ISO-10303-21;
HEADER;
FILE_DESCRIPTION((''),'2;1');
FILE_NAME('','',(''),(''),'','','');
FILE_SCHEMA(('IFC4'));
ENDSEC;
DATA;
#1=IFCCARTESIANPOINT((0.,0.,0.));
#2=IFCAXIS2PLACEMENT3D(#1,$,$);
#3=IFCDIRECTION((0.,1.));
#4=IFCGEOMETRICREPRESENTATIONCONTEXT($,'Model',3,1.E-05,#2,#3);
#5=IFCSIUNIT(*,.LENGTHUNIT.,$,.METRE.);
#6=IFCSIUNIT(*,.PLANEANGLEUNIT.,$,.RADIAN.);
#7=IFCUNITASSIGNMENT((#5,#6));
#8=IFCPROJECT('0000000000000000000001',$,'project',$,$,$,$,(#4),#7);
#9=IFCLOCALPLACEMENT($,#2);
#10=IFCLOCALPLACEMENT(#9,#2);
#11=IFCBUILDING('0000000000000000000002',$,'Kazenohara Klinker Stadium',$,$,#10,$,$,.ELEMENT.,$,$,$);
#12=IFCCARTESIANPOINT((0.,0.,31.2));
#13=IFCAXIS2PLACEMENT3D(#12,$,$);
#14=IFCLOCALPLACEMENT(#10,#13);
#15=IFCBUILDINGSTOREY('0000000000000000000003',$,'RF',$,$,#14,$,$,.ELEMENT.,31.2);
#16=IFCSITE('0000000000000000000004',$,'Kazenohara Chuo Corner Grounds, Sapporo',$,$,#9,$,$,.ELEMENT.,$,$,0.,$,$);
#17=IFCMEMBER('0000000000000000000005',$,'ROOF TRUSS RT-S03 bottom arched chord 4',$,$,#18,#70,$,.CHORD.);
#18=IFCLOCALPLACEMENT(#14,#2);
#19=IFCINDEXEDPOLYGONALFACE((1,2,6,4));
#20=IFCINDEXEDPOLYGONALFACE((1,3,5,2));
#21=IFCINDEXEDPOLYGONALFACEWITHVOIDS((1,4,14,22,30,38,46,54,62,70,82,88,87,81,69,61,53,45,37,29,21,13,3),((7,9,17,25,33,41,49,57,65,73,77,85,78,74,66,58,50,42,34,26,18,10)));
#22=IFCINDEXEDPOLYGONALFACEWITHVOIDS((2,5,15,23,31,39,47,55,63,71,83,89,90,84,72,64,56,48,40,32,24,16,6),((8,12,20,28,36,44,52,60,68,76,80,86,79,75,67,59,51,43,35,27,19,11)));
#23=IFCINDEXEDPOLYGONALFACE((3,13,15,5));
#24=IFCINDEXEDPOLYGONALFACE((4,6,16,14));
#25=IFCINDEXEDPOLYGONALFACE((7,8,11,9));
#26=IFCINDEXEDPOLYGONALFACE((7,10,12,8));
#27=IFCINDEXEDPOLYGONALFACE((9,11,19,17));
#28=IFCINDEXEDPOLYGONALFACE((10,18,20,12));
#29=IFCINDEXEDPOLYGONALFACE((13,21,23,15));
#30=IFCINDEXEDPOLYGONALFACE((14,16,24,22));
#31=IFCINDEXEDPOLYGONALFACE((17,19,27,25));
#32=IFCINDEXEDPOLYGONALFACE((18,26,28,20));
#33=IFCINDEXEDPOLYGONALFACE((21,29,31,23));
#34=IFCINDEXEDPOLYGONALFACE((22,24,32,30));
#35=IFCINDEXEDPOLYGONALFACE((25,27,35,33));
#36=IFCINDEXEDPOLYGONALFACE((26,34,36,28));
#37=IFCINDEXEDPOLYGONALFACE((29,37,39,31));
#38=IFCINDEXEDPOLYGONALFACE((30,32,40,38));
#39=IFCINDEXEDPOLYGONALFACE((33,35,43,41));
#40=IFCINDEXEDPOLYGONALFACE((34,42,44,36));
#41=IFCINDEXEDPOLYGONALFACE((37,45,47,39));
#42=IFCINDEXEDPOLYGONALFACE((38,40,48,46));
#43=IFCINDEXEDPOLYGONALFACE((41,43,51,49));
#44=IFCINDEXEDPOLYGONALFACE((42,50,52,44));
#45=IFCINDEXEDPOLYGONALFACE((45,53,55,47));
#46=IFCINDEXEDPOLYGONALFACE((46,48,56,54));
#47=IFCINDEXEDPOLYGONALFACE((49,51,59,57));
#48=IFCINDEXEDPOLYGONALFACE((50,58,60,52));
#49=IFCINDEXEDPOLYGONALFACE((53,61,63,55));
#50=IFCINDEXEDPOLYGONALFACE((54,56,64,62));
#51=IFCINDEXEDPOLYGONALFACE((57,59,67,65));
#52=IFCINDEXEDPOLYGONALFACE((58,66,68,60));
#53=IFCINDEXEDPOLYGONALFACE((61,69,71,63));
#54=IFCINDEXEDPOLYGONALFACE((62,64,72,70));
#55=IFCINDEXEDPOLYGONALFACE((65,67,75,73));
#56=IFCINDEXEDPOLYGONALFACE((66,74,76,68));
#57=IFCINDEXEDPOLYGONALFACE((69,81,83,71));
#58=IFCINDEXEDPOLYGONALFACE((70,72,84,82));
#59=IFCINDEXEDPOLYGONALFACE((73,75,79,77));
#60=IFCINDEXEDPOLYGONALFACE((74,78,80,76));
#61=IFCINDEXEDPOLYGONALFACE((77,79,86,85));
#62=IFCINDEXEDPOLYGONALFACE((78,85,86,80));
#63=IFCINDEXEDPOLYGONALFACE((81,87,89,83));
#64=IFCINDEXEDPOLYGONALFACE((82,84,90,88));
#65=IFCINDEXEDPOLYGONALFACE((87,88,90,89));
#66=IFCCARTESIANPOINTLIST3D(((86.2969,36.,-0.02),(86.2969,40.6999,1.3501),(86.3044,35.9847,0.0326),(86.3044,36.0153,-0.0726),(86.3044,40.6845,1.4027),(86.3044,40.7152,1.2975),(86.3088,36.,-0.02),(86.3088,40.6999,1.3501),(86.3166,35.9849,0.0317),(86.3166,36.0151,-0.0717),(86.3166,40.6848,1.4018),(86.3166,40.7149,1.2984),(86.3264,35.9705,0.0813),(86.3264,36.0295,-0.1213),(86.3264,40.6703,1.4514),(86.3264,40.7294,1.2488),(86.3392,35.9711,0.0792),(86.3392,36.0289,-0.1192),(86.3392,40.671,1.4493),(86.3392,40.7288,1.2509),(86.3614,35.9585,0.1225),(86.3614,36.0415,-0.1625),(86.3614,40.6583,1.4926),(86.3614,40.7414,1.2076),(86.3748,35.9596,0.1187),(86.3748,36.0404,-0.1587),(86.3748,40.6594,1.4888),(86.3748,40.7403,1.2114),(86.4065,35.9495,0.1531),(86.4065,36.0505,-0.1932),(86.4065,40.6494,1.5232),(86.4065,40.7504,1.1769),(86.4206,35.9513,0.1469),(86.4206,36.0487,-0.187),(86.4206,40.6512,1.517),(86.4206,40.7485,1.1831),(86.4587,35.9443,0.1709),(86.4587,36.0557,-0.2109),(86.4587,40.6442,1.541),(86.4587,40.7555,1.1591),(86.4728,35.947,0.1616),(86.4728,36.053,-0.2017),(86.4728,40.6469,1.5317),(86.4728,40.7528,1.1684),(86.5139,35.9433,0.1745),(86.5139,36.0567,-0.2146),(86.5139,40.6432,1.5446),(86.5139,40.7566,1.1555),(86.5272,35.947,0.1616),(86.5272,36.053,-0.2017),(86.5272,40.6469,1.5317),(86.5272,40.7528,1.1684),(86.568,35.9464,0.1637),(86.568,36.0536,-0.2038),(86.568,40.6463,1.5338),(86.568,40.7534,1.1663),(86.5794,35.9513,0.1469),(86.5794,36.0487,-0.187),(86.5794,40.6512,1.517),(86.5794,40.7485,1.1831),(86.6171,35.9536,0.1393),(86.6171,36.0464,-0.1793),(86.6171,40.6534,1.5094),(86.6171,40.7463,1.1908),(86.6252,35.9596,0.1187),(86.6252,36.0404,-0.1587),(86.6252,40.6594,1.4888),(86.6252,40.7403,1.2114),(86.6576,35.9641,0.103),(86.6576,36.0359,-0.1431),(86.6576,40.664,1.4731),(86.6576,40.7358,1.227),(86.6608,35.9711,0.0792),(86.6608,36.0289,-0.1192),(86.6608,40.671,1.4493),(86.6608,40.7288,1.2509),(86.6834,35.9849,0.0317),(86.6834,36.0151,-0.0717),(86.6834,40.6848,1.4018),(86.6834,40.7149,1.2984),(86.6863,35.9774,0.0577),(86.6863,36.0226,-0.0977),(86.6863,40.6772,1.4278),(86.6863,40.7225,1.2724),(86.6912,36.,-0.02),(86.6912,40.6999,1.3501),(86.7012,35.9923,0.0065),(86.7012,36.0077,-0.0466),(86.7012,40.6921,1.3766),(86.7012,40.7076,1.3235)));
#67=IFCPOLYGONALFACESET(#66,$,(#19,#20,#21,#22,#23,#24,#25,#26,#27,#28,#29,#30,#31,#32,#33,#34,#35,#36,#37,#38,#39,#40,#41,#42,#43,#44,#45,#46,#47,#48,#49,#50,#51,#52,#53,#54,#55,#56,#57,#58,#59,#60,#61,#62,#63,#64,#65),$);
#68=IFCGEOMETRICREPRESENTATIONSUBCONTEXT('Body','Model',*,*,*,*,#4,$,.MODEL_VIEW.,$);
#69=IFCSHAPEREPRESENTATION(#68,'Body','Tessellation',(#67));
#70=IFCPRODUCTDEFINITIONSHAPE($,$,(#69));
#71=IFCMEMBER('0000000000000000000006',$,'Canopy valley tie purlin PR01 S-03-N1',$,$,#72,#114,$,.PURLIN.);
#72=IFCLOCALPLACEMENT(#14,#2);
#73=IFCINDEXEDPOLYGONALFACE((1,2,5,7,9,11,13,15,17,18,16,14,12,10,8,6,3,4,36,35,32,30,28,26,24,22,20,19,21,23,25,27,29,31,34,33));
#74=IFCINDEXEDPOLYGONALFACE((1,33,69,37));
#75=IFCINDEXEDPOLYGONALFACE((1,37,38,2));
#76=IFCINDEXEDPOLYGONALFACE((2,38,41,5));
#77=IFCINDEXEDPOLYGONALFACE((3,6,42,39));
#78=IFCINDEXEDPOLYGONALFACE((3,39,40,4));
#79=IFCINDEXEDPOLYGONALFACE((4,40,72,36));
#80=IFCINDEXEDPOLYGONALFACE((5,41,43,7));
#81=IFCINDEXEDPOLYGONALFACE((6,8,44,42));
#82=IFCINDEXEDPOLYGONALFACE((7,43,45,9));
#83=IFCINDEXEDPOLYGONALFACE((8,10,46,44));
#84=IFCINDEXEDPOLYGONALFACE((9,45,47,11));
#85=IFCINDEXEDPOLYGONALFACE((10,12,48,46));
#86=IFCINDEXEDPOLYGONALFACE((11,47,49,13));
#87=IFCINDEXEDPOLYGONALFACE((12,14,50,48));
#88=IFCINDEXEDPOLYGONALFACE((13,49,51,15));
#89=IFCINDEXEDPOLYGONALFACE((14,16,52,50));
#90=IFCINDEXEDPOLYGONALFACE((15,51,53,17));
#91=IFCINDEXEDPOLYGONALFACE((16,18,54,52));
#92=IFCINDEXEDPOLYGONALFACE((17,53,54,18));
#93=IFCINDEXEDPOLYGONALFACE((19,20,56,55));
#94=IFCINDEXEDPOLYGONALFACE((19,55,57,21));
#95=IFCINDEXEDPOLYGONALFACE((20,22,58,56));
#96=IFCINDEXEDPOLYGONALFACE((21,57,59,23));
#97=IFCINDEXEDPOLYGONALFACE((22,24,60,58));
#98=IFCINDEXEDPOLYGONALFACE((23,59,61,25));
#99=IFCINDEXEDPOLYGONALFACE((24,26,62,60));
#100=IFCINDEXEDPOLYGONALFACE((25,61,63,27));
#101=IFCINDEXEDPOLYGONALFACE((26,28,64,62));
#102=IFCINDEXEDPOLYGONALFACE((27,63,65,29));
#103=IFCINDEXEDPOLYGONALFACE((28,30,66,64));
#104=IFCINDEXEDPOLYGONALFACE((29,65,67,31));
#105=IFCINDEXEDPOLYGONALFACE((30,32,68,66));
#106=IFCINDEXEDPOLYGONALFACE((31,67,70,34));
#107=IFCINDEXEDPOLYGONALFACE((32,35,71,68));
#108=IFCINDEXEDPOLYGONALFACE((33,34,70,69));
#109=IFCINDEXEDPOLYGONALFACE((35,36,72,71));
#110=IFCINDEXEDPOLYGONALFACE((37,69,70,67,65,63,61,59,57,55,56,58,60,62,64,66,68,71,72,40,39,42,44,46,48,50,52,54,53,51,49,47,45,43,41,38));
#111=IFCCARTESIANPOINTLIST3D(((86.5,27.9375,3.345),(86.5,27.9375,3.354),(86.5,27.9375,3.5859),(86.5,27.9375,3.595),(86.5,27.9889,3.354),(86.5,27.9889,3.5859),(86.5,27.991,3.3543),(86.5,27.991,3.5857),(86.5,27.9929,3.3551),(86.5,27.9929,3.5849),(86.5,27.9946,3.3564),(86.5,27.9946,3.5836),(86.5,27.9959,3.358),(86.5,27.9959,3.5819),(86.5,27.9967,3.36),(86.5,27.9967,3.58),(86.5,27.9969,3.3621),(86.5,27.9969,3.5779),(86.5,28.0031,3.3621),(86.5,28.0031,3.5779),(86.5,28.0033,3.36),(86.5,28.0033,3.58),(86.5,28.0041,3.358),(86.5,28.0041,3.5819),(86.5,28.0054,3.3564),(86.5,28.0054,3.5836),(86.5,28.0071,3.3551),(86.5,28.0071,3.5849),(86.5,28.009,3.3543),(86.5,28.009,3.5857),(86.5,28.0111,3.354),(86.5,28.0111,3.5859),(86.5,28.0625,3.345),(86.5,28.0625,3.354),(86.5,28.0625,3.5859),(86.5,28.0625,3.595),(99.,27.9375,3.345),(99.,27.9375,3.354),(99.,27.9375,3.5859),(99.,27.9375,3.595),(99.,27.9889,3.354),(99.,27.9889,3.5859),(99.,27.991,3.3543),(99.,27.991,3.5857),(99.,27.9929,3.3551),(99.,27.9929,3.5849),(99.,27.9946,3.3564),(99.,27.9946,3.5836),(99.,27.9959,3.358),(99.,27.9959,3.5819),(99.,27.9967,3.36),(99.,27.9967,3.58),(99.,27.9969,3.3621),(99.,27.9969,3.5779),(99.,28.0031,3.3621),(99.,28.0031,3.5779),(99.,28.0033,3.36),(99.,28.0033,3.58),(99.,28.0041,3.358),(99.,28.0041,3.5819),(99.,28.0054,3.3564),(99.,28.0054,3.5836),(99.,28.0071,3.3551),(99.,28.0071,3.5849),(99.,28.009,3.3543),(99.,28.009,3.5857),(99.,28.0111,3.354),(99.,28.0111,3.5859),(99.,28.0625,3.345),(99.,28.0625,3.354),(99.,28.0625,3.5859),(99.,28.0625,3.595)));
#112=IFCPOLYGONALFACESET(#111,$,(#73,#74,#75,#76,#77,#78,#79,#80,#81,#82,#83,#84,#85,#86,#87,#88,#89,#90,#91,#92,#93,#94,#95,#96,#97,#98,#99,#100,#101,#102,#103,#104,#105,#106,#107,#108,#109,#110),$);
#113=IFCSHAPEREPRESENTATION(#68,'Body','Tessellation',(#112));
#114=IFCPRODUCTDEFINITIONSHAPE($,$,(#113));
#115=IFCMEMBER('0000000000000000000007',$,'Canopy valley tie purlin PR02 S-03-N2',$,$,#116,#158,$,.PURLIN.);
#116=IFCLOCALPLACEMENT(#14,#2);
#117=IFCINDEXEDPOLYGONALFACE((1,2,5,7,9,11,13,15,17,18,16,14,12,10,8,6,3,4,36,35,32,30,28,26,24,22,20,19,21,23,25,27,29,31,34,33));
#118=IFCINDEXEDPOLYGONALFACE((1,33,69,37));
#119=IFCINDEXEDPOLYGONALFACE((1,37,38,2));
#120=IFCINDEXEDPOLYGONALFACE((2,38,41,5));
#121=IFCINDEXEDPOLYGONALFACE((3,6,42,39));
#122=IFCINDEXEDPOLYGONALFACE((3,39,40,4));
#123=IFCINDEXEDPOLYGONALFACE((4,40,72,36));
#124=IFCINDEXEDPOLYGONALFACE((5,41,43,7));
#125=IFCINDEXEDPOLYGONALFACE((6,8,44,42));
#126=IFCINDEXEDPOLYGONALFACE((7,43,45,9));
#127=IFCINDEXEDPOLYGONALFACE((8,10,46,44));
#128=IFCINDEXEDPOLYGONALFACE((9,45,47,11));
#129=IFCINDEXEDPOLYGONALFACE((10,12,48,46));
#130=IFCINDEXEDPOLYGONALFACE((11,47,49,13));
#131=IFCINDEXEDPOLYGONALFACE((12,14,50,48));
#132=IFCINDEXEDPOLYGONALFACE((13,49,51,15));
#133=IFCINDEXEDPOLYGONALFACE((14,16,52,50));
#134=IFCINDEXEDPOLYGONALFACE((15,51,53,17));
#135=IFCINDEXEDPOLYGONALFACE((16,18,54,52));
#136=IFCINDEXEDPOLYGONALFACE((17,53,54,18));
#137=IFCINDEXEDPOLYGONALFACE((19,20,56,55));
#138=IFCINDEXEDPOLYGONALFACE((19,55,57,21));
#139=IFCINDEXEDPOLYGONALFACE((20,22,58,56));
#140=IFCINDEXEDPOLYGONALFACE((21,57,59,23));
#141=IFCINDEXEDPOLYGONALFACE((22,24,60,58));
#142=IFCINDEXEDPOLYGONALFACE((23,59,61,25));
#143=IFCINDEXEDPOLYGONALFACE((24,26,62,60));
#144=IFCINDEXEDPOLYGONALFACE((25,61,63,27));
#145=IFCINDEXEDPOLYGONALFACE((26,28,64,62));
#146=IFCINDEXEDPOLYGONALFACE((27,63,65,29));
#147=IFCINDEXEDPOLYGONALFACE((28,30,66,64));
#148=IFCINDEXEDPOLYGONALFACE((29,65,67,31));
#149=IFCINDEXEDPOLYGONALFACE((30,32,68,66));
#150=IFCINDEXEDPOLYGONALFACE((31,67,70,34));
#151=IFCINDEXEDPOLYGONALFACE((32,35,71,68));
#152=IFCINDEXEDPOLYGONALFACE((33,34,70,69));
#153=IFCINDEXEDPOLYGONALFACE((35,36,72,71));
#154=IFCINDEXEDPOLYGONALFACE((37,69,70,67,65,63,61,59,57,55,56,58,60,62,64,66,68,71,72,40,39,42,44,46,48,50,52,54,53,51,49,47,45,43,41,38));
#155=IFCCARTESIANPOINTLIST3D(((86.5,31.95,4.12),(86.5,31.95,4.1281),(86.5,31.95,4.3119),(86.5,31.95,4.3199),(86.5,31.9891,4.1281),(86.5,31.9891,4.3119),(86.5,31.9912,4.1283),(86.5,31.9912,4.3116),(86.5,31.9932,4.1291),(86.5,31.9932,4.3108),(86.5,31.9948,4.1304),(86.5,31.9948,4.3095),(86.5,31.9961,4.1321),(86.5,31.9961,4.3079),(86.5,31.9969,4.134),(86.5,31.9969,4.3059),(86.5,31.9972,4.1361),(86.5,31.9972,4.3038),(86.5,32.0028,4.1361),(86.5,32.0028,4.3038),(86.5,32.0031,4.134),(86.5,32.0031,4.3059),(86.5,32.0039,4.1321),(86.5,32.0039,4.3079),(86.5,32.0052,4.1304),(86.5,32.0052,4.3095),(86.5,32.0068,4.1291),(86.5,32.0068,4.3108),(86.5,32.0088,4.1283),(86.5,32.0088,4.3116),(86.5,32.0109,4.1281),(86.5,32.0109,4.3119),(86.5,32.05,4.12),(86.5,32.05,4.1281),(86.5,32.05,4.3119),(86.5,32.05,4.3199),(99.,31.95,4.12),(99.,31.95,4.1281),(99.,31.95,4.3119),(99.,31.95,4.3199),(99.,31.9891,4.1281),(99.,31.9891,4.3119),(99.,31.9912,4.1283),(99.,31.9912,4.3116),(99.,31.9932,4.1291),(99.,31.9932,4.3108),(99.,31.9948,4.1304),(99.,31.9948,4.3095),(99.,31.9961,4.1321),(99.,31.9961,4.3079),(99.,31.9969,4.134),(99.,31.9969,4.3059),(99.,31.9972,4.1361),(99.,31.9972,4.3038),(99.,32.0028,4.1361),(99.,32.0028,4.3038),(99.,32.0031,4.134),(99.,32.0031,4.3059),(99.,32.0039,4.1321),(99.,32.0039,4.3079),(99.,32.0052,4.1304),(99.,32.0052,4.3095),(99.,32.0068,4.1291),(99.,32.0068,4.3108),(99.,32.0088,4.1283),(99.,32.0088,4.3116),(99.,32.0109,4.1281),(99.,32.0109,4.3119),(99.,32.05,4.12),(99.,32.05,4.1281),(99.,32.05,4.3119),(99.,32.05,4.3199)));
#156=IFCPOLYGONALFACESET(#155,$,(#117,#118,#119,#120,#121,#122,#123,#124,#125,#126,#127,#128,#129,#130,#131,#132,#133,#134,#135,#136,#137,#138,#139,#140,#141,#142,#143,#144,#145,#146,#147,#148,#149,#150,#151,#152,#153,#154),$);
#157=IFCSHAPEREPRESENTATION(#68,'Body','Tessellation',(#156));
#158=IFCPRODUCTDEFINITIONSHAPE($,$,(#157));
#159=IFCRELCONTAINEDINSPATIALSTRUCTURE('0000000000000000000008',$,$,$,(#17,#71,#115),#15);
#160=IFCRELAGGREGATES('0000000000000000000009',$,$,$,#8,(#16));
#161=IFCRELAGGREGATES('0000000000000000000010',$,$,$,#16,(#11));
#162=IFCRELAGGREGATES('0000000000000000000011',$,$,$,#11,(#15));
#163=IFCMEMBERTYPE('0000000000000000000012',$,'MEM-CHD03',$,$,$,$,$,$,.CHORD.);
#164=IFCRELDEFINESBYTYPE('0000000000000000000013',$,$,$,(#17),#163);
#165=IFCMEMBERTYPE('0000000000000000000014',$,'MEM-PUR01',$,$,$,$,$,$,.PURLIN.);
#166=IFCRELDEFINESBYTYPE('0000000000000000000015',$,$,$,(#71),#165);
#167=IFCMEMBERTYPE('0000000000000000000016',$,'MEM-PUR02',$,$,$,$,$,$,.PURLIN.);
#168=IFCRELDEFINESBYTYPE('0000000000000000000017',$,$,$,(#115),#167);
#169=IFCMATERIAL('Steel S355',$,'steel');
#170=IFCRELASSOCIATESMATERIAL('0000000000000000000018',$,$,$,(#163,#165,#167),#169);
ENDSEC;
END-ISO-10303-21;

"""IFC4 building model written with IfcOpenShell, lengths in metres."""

from ifc_helpers import new_model, si_unit, direction, frame, origin, origin_2d, place, context, subcontext, project, spatial, hollow_circle, i_section, extrude, material, material_profile, profile_set, type_object, element, save


model = new_model("IFC4")

# Units and contexts
model_context = context("Model", 3, precision=1e-05, world=origin(), true_north=direction((0.0, 1.0)))
body_context = subcontext(model_context, "Body", "Model", "MODEL_VIEW")
ifc_project = project(units=[si_unit("LENGTHUNIT", "METRE"), si_unit("PLANEANGLEUNIT", "RADIAN")], contexts=[model_context])

# Site, building, storey
site_placement = place(None, origin())
site = spatial("IfcSite", under=ifc_project, at=site_placement, Name="Kazenohara Chuo Corner Grounds, Sapporo", CompositionType="ELEMENT", RefElevation=0.0)
building_placement = place(site_placement, origin())
building = spatial("IfcBuilding", under=site, at=building_placement, Name="Kazenohara Klinker Stadium", CompositionType="ELEMENT")
storey_placement = place(building_placement, frame((0.0, 0.0, 31.2)))
storey = spatial("IfcBuildingStorey", under=building, at=storey_placement, Name="RF", CompositionType="ELEMENT", Elevation=31.2)

# Members
ifc_material_1 = material(Name="Steel S355", Category="steel")
ifc_material_profile_1 = material_profile(ifc_material_1, hollow_circle(Radius=0.2031, WallThickness=0.012, at=origin_2d()), Name="CHS-406.4x12")
ifc_profile_set_1 = profile_set([ifc_material_profile_1], Name="Steel S355")
member_type_1 = type_object("IfcMemberType", Name="MEM-CHD03", PredefinedType="CHORD", material=ifc_profile_set_1)
member_1_placement = place(storey_placement, frame((86.5, 36.0, -0.02), z_axis=(0.0, 0.960039, 0.279868), x_axis=(-1.0, 0.0, 0.0)))
element("IfcMember", 1, at=member_1_placement, inside=storey, type_object=member_type_1, Name="ROOF TRUSS RT-S03 bottom arched chord 4", PredefinedType="CHORD", context=body_context, shape_type="SweptSolid", body=[
    extrude(hollow_circle(Radius=0.2031, WallThickness=0.012, at=origin_2d()), origin(), (0.0, 0.0, 1.0), 4.8955),
])
ifc_material_profile_2 = material_profile(ifc_material_1, i_section(OverallWidth=0.125, OverallDepth=0.25, WebThickness=0.0061, FlangeThickness=0.009, FilletRadius=0.0081, at=origin_2d()), Name="H-250x125x6x9")
ifc_profile_set_2 = profile_set([ifc_material_profile_2], Name="Steel S355")
member_type_2 = type_object("IfcMemberType", Name="MEM-PUR01", PredefinedType="PURLIN", material=ifc_profile_set_2)
member_2_placement = place(storey_placement, frame((86.5, 28.0, 3.47), z_axis=(1.0, 0.0, 0.0), x_axis=(0.0, 1.0, 0.0)))
element("IfcMember", 2, at=member_2_placement, inside=storey, type_object=member_type_2, Name="Canopy valley tie purlin PR01 S-03-N1", PredefinedType="PURLIN", context=body_context, shape_type="SweptSolid", body=[
    extrude(i_section(OverallWidth=0.125, OverallDepth=0.25, WebThickness=0.0061, FlangeThickness=0.009, FilletRadius=0.0081, at=origin_2d()), origin(), (0.0, 0.0, 1.0), 12.5),
])
ifc_material_profile_3 = material_profile(ifc_material_1, i_section(OverallWidth=0.1001, OverallDepth=0.2, WebThickness=0.0056, FlangeThickness=0.0081, FilletRadius=0.0081, at=origin_2d()), Name="H-200x100x5.5x8")
ifc_profile_set_3 = profile_set([ifc_material_profile_3], Name="Steel S355")
member_type_3 = type_object("IfcMemberType", Name="MEM-PUR02", PredefinedType="PURLIN", material=ifc_profile_set_3)
member_3_placement = place(storey_placement, frame((86.5, 32.0, 4.22), z_axis=(1.0, 0.0, 0.0), x_axis=(0.0, 1.0, 0.0)))
element("IfcMember", 3, at=member_3_placement, inside=storey, type_object=member_type_3, Name="Canopy valley tie purlin PR02 S-03-N2", PredefinedType="PURLIN", context=body_context, shape_type="SweptSolid", body=[
    extrude(i_section(OverallWidth=0.1001, OverallDepth=0.2, WebThickness=0.0056, FlangeThickness=0.0081, FilletRadius=0.0081, at=origin_2d()), origin(), (0.0, 0.0, 1.0), 12.5),
])

save(model, "model.ifc")
